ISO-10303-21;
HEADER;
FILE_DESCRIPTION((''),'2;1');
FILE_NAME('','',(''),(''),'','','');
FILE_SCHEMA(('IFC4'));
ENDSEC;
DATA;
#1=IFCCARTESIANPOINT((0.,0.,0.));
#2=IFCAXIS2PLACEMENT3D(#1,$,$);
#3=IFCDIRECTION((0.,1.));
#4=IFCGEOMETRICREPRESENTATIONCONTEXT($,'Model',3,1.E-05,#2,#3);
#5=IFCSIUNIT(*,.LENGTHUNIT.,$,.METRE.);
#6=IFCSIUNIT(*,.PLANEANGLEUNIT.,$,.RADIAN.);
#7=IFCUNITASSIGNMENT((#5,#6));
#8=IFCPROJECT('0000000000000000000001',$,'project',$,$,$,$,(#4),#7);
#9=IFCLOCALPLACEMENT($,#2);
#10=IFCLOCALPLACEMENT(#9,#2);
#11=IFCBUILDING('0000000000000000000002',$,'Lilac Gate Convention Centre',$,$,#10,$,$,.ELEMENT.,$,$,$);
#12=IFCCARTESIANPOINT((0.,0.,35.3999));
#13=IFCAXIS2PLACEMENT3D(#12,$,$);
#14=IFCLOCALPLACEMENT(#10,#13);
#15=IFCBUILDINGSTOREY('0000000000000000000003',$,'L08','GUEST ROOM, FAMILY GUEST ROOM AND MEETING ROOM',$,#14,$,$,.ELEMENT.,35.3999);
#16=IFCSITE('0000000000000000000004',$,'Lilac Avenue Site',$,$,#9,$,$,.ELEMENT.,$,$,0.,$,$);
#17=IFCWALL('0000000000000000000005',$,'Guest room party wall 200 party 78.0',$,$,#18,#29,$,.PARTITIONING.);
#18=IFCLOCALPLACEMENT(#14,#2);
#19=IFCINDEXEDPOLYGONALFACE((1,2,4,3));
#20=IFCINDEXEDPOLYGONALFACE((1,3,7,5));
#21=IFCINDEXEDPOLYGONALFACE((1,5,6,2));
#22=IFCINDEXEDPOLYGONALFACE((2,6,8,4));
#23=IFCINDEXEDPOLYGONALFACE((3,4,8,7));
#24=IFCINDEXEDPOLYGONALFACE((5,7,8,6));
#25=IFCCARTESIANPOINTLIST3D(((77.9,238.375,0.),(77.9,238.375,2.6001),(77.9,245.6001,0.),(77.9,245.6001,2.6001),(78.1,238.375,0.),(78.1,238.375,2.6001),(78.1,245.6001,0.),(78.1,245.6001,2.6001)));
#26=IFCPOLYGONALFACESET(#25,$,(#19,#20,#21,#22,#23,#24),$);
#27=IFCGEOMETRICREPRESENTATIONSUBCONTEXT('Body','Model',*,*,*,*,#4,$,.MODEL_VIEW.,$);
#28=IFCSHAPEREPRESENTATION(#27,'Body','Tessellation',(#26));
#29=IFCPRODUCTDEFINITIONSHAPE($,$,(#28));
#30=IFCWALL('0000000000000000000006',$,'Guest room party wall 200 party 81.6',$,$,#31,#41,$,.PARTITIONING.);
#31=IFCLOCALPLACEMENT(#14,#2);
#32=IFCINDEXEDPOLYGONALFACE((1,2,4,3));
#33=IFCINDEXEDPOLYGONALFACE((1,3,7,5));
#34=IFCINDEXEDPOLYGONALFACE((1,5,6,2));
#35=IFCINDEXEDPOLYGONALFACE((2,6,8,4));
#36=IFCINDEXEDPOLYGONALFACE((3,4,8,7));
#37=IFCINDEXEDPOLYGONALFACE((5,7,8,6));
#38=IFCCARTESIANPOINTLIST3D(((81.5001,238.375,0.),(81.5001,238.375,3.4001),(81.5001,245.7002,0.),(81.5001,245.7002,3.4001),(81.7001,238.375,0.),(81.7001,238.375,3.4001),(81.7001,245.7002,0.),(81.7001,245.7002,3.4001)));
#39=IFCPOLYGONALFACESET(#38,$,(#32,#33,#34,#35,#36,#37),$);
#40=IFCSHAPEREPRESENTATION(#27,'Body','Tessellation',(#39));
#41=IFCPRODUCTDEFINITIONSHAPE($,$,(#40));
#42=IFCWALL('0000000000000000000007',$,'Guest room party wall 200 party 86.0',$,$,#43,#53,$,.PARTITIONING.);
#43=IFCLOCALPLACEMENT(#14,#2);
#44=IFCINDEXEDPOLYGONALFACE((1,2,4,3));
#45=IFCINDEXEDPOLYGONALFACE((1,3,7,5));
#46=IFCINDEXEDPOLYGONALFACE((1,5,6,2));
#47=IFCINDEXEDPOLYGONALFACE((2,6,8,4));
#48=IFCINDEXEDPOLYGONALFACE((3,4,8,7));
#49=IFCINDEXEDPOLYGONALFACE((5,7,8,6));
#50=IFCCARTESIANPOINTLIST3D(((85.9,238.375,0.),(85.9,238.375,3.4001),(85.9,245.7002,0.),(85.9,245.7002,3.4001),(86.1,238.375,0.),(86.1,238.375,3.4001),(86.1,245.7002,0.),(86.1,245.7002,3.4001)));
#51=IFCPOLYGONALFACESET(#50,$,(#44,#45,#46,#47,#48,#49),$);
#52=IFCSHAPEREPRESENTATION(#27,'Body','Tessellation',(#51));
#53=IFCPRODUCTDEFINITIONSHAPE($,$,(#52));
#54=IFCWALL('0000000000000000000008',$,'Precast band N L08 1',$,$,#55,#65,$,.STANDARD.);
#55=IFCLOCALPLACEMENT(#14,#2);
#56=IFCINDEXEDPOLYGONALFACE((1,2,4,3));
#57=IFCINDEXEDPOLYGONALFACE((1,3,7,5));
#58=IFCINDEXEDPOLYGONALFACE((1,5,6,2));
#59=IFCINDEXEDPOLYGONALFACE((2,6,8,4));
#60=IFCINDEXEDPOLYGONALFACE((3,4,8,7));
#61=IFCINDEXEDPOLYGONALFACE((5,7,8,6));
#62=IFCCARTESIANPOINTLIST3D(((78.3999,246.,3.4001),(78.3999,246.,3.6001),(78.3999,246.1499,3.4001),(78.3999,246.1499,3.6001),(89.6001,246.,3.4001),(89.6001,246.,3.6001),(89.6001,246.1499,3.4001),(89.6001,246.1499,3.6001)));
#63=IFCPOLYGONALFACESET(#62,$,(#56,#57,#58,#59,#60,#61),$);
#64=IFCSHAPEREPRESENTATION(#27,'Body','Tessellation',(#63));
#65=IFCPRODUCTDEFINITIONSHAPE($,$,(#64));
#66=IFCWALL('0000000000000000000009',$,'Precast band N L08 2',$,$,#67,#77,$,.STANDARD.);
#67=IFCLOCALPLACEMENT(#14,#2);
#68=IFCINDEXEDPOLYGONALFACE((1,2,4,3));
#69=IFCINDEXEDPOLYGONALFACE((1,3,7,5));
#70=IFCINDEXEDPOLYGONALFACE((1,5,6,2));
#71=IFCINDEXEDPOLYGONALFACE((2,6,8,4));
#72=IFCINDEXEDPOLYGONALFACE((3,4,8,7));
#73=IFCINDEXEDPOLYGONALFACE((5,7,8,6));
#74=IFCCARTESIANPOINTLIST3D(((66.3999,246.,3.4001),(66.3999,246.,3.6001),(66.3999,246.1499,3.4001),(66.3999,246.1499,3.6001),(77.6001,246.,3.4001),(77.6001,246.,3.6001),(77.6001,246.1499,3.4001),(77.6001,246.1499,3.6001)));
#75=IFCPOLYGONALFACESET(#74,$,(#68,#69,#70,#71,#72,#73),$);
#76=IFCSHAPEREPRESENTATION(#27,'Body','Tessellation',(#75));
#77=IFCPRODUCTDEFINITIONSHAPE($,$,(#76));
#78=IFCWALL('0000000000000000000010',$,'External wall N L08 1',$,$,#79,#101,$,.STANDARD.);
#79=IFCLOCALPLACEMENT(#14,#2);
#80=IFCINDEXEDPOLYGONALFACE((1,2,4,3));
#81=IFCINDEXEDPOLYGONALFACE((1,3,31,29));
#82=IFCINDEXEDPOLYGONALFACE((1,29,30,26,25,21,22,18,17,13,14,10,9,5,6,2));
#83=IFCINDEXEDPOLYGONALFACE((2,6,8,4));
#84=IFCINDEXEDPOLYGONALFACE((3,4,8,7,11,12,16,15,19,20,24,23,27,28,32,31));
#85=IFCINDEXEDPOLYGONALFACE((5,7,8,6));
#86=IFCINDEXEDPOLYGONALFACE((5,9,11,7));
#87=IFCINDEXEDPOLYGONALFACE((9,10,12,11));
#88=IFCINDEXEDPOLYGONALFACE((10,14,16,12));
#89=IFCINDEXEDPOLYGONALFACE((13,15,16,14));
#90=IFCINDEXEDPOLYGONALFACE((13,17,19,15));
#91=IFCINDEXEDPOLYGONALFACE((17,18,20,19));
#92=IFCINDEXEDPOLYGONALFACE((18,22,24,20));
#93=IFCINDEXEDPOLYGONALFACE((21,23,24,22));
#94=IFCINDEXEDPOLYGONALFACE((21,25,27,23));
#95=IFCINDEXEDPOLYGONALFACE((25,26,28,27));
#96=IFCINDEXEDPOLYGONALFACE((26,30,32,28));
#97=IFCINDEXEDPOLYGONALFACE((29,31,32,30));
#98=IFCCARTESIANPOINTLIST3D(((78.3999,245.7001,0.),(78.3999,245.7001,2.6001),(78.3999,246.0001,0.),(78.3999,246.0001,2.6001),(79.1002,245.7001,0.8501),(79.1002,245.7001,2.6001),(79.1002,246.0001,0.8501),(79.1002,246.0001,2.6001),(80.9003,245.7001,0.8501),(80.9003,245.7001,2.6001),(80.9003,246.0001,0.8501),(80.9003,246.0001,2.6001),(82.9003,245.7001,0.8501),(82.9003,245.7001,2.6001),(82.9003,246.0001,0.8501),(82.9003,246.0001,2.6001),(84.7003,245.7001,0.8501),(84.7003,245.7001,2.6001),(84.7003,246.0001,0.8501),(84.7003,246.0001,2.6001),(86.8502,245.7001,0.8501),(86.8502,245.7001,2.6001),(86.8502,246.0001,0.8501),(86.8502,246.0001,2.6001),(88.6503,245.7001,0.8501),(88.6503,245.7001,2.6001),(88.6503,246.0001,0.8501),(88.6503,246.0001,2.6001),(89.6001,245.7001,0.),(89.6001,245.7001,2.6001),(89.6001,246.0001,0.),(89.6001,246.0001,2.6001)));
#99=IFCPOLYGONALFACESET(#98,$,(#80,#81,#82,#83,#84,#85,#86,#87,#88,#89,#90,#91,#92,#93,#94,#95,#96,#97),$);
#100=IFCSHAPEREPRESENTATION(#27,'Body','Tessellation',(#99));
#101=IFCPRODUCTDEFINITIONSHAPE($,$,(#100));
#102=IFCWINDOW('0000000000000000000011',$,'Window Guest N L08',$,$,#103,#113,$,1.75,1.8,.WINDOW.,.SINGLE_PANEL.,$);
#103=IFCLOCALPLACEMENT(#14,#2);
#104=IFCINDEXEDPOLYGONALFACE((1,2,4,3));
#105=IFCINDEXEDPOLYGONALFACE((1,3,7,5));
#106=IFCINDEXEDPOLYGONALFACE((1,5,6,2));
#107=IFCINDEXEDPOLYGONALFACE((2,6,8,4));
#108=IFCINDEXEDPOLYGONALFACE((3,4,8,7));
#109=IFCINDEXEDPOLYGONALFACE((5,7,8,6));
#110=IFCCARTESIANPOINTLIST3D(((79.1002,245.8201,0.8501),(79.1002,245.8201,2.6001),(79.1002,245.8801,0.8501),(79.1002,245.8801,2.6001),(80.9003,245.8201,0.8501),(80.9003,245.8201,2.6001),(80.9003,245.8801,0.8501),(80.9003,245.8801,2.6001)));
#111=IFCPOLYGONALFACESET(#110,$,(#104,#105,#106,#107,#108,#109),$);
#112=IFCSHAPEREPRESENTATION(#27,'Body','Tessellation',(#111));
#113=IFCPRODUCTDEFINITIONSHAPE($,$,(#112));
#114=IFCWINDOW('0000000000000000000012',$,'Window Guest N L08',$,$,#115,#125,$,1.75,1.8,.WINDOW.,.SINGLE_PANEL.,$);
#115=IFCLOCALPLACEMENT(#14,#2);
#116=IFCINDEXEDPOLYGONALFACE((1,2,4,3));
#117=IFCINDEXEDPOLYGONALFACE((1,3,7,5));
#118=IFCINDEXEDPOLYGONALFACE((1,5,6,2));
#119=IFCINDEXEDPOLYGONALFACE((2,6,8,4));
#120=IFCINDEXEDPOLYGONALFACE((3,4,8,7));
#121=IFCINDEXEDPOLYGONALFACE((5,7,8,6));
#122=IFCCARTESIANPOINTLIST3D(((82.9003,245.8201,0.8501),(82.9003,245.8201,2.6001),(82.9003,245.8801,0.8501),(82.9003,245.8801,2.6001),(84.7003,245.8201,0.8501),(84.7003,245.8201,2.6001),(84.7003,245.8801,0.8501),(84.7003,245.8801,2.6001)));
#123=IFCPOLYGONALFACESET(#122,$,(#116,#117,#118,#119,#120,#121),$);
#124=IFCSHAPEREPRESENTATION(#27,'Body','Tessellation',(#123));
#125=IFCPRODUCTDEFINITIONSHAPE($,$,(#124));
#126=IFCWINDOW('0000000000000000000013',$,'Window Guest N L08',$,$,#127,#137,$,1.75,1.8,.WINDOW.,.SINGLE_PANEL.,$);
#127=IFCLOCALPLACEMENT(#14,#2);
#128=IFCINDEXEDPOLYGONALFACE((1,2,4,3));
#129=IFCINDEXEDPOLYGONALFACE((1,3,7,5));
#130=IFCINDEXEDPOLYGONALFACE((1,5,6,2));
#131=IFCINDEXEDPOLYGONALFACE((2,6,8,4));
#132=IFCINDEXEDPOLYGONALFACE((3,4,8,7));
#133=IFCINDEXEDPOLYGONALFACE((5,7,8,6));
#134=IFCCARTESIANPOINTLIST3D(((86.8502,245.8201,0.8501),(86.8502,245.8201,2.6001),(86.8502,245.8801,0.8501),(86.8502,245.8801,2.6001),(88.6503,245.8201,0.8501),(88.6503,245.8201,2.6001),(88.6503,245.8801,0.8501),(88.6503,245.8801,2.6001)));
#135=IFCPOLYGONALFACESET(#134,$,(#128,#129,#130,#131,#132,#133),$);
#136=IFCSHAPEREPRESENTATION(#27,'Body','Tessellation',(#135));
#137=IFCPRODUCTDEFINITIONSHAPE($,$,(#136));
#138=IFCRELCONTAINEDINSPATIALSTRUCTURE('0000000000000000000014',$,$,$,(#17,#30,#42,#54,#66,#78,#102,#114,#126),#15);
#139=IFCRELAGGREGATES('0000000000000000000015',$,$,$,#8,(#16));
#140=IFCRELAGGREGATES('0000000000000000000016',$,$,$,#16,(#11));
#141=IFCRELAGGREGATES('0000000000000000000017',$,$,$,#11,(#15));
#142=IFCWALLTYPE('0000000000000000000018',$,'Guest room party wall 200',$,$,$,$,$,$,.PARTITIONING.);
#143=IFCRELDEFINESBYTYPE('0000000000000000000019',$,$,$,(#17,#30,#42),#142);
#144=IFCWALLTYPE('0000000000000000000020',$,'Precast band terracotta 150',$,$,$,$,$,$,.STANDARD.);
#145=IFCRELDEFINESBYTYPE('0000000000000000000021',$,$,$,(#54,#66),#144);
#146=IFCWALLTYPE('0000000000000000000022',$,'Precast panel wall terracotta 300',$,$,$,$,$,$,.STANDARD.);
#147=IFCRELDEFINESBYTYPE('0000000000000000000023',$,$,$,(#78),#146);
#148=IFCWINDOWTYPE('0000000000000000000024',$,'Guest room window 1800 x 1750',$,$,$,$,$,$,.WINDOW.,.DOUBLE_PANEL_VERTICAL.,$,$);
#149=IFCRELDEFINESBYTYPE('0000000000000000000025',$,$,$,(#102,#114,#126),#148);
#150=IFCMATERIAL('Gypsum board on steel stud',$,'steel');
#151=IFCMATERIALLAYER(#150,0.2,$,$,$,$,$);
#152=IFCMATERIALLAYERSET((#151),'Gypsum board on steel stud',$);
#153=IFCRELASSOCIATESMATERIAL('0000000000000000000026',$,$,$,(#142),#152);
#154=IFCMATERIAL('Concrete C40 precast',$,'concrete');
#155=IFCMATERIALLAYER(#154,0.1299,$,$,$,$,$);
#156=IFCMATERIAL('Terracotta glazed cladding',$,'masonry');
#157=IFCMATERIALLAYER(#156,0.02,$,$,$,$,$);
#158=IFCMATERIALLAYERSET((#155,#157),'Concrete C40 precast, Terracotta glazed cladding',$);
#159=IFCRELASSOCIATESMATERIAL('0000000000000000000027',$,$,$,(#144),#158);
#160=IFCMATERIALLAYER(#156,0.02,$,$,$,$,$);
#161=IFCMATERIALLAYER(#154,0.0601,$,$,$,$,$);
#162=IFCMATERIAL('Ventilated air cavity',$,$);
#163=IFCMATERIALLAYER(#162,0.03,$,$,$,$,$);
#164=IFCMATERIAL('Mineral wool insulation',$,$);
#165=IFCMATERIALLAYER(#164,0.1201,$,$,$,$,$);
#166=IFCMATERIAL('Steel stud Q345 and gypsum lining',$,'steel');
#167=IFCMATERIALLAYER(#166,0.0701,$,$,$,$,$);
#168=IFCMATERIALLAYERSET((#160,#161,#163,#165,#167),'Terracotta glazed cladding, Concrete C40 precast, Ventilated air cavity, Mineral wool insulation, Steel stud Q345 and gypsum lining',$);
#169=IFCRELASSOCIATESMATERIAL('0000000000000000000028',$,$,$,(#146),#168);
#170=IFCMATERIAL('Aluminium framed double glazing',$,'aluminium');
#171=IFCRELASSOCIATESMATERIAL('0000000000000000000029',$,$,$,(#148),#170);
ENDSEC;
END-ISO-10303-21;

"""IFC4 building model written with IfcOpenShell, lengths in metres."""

from ifc_helpers import new_model, si_unit, direction, frame, frame_2d, origin, place, context, subcontext, project, spatial, rectangle, extrude, material, layer, layer_set, type_object, element, fill, save


model = new_model("IFC4")

# Units and contexts
model_context = context("Model", 3, precision=1e-05, world=origin(), true_north=direction((0.0, 1.0)))
body_context = subcontext(model_context, "Body", "Model", "MODEL_VIEW")
ifc_project = project(units=[si_unit("LENGTHUNIT", "METRE"), si_unit("PLANEANGLEUNIT", "RADIAN")], contexts=[model_context])

# Site, building, storey
site_placement = place(None, origin())
site = spatial("IfcSite", under=ifc_project, at=site_placement, Name="Lilac Avenue Site", CompositionType="ELEMENT", RefElevation=0.0)
building_placement = place(site_placement, origin())
building = spatial("IfcBuilding", under=site, at=building_placement, Name="Lilac Gate Convention Centre", CompositionType="ELEMENT")
storey_placement = place(building_placement, frame((0.0, 0.0, 35.3999)))
storey = spatial("IfcBuildingStorey", under=building, at=storey_placement, Name="L08", Description="GUEST ROOM, FAMILY GUEST ROOM AND MEETING ROOM", CompositionType="ELEMENT", Elevation=35.3999)

# Shared definitions
ifc_material_1 = material(Name="Aluminium framed double glazing", Category="aluminium")

# Shared definitions
ifc_material_2 = material(Name="Gypsum board on steel stud", Category="steel")

# Walls
ifc_layer_1 = layer(ifc_material_2, 0.2)
ifc_layer_set_1 = layer_set([ifc_layer_1], Name="Gypsum board on steel stud")
wall_type_1 = type_object("IfcWallType", Name="Guest room party wall 200", PredefinedType="PARTITIONING", material=ifc_layer_set_1)
wall_1_placement = place(storey_placement, frame((78.0, 245.6001, 0.0), z_axis=(0.0, 0.0, 1.0), x_axis=(0.0, -1.0, 0.0)))
element("IfcWall", 1, at=wall_1_placement, inside=storey, type_object=wall_type_1, Name="Guest room party wall 200 party 78.0", PredefinedType="PARTITIONING", context=body_context, shape_type="SweptSolid", body=[
    extrude(rectangle(XDim=7.2251, YDim=0.2, at=frame_2d((3.6125, 0.0))), origin(), (0.0, 0.0, 1.0), 2.6001),
])
for number, where, z_axis, x_axis, name in (
    (2, (81.6001, 245.7002, 0.0), (0.0, 0.0, 1.0), (0.0, -1.0, 0.0), "Guest room party wall 200 party 81.6"),
    (3, (86.0, 245.7002, 0.0), (0.0, 0.0, 1.0), (0.0, -1.0, 0.0), "Guest room party wall 200 party 86.0"),
):
    element("IfcWall", number, at=place(storey_placement, frame(where, z_axis=z_axis, x_axis=x_axis)), inside=storey, type_object=wall_type_1, Name=name, PredefinedType="PARTITIONING", context=body_context, shape_type="SweptSolid", body=[
        extrude(rectangle(XDim=7.3252, YDim=0.2, at=frame_2d((3.6626, 0.0))), origin(), (0.0, 0.0, 1.0), 3.4001),
    ])
ifc_material_3 = material(Name="Concrete C40 precast", Category="concrete")
ifc_layer_2 = layer(ifc_material_3, 0.1299)
ifc_material_4 = material(Name="Terracotta glazed cladding", Category="masonry")
ifc_layer_3 = layer(ifc_material_4, 0.02)
ifc_layer_set_2 = layer_set([ifc_layer_2, ifc_layer_3], Name="Concrete C40 precast, Terracotta glazed cladding")
wall_type_2 = type_object("IfcWallType", Name="Precast band terracotta 150", PredefinedType="STANDARD", material=ifc_layer_set_2)
for number, where, z_axis, x_axis, name in (
    (4, (89.6001, 246.075, 3.4001), (0.0, 0.0, 1.0), (-1.0, 0.0, 0.0), "Precast band N L08 1"),
    (5, (77.6001, 246.075, 3.4001), (0.0, 0.0, 1.0), (-1.0, 0.0, 0.0), "Precast band N L08 2"),
):
    element("IfcWall", number, at=place(storey_placement, frame(where, z_axis=z_axis, x_axis=x_axis)), inside=storey, type_object=wall_type_2, Name=name, PredefinedType="STANDARD", context=body_context, shape_type="SweptSolid", body=[
        extrude(rectangle(XDim=11.2002, YDim=0.1499, at=frame_2d((5.6001, 0.0))), origin(), (0.0, 0.0, 1.0), 0.2),
    ])

# Wall, openings, windows
ifc_layer_4 = layer(ifc_material_4, 0.02)
ifc_layer_5 = layer(ifc_material_3, 0.0601)
ifc_material_5 = material(Name="Ventilated air cavity")
ifc_layer_6 = layer(ifc_material_5, 0.03)
ifc_material_6 = material(Name="Mineral wool insulation")
ifc_layer_7 = layer(ifc_material_6, 0.1201)
ifc_material_7 = material(Name="Steel stud Q345 and gypsum lining", Category="steel")
ifc_layer_8 = layer(ifc_material_7, 0.0701)
ifc_layer_set_3 = layer_set([ifc_layer_4, ifc_layer_5, ifc_layer_6, ifc_layer_7, ifc_layer_8], Name="Terracotta glazed cladding, Concrete C40 precast, Ventilated air cavity, Mineral wool insulation, Steel stud Q345 and gypsum lining")
wall_type_3 = type_object("IfcWallType", Name="Precast panel wall terracotta 300", PredefinedType="STANDARD", material=ifc_layer_set_3)
wall_2_placement = place(storey_placement, frame((89.6001, 245.8501, 0.0), z_axis=(0.0, 0.0, 1.0), x_axis=(-1.0, 0.0, 0.0)))
wall_2 = element("IfcWall", 6, at=wall_2_placement, inside=storey, type_object=wall_type_3, Name="External wall N L08 1", PredefinedType="STANDARD", context=body_context, shape_type="SweptSolid", body=[
    extrude(rectangle(XDim=11.2002, YDim=0.3, at=frame_2d((5.6001, 0.0))), origin(), (0.0, 0.0, 1.0), 2.6001),
])
opening_1_placement = place(wall_2_placement, frame((8.7, 0.0, 0.8501)))
opening_1 = element("IfcOpeningElement", 7, at=opening_1_placement, cuts=wall_2, PredefinedType="OPENING", context=body_context, shape_type="SweptSolid", body=[
    extrude(rectangle(XDim=1.8, YDim=1.75, at=frame_2d((0.8999, 0.875))), frame((0.0, 0.1599, 0.0), z_axis=(0.0, -1.0, 0.0), x_axis=(1.0, 0.0, 0.0)), (0.0, 0.0, 1.0), 0.3201),
])
opening_2_placement = place(wall_2_placement, frame((4.8999, 0.0, 0.8501)))
opening_2 = element("IfcOpeningElement", 8, at=opening_2_placement, cuts=wall_2, PredefinedType="OPENING", context=body_context, shape_type="SweptSolid", body=[
    extrude(rectangle(XDim=1.8, YDim=1.75, at=frame_2d((0.8999, 0.875))), frame((0.0, 0.1599, 0.0), z_axis=(0.0, -1.0, 0.0), x_axis=(1.0, 0.0, 0.0)), (0.0, 0.0, 1.0), 0.3201),
])
opening_3_placement = place(wall_2_placement, frame((0.95, 0.0, 0.8501)))
opening_3 = element("IfcOpeningElement", 9, at=opening_3_placement, cuts=wall_2, PredefinedType="OPENING", context=body_context, shape_type="SweptSolid", body=[
    extrude(rectangle(XDim=1.8, YDim=1.75, at=frame_2d((0.8999, 0.875))), frame((0.0, 0.1599, 0.0), z_axis=(0.0, -1.0, 0.0), x_axis=(1.0, 0.0, 0.0)), (0.0, 0.0, 1.0), 0.3201),
])
window_type = type_object("IfcWindowType", Name="Guest room window 1800 x 1750", PartitioningType="DOUBLE_PANEL_VERTICAL", PredefinedType="WINDOW", material=ifc_material_1)
window_1_placement = place(opening_1_placement, origin())
window_1 = element("IfcWindow", 10, at=window_1_placement, inside=storey, type_object=window_type, Name="Window Guest N L08", OverallHeight=1.75, OverallWidth=1.8, PartitioningType="SINGLE_PANEL", PredefinedType="WINDOW", context=body_context, shape_type="SweptSolid", body=[
    extrude(rectangle(XDim=1.8, YDim=1.75, at=frame_2d((0.8999, 0.875))), frame((0.0, 0.03, 0.0), z_axis=(0.0, -1.0, 0.0), x_axis=(1.0, 0.0, 0.0)), (0.0, 0.0, 1.0), 0.0601),
])
fill(opening_1, window_1)
window_2_placement = place(opening_2_placement, origin())
window_2 = element("IfcWindow", 11, at=window_2_placement, inside=storey, type_object=window_type, Name="Window Guest N L08", OverallHeight=1.75, OverallWidth=1.8, PartitioningType="SINGLE_PANEL", PredefinedType="WINDOW", context=body_context, shape_type="SweptSolid", body=[
    extrude(rectangle(XDim=1.8, YDim=1.75, at=frame_2d((0.8999, 0.875))), frame((0.0, 0.03, 0.0), z_axis=(0.0, -1.0, 0.0), x_axis=(1.0, 0.0, 0.0)), (0.0, 0.0, 1.0), 0.0601),
])
fill(opening_2, window_2)
window_3_placement = place(opening_3_placement, origin())
window_3 = element("IfcWindow", 12, at=window_3_placement, inside=storey, type_object=window_type, Name="Window Guest N L08", OverallHeight=1.75, OverallWidth=1.8, PartitioningType="SINGLE_PANEL", PredefinedType="WINDOW", context=body_context, shape_type="SweptSolid", body=[
    extrude(rectangle(XDim=1.8, YDim=1.75, at=frame_2d((0.8999, 0.875))), frame((0.0, 0.03, 0.0), z_axis=(0.0, -1.0, 0.0), x_axis=(1.0, 0.0, 0.0)), (0.0, 0.0, 1.0), 0.0601),
])
fill(opening_3, window_3)

save(model, "model.ifc")
